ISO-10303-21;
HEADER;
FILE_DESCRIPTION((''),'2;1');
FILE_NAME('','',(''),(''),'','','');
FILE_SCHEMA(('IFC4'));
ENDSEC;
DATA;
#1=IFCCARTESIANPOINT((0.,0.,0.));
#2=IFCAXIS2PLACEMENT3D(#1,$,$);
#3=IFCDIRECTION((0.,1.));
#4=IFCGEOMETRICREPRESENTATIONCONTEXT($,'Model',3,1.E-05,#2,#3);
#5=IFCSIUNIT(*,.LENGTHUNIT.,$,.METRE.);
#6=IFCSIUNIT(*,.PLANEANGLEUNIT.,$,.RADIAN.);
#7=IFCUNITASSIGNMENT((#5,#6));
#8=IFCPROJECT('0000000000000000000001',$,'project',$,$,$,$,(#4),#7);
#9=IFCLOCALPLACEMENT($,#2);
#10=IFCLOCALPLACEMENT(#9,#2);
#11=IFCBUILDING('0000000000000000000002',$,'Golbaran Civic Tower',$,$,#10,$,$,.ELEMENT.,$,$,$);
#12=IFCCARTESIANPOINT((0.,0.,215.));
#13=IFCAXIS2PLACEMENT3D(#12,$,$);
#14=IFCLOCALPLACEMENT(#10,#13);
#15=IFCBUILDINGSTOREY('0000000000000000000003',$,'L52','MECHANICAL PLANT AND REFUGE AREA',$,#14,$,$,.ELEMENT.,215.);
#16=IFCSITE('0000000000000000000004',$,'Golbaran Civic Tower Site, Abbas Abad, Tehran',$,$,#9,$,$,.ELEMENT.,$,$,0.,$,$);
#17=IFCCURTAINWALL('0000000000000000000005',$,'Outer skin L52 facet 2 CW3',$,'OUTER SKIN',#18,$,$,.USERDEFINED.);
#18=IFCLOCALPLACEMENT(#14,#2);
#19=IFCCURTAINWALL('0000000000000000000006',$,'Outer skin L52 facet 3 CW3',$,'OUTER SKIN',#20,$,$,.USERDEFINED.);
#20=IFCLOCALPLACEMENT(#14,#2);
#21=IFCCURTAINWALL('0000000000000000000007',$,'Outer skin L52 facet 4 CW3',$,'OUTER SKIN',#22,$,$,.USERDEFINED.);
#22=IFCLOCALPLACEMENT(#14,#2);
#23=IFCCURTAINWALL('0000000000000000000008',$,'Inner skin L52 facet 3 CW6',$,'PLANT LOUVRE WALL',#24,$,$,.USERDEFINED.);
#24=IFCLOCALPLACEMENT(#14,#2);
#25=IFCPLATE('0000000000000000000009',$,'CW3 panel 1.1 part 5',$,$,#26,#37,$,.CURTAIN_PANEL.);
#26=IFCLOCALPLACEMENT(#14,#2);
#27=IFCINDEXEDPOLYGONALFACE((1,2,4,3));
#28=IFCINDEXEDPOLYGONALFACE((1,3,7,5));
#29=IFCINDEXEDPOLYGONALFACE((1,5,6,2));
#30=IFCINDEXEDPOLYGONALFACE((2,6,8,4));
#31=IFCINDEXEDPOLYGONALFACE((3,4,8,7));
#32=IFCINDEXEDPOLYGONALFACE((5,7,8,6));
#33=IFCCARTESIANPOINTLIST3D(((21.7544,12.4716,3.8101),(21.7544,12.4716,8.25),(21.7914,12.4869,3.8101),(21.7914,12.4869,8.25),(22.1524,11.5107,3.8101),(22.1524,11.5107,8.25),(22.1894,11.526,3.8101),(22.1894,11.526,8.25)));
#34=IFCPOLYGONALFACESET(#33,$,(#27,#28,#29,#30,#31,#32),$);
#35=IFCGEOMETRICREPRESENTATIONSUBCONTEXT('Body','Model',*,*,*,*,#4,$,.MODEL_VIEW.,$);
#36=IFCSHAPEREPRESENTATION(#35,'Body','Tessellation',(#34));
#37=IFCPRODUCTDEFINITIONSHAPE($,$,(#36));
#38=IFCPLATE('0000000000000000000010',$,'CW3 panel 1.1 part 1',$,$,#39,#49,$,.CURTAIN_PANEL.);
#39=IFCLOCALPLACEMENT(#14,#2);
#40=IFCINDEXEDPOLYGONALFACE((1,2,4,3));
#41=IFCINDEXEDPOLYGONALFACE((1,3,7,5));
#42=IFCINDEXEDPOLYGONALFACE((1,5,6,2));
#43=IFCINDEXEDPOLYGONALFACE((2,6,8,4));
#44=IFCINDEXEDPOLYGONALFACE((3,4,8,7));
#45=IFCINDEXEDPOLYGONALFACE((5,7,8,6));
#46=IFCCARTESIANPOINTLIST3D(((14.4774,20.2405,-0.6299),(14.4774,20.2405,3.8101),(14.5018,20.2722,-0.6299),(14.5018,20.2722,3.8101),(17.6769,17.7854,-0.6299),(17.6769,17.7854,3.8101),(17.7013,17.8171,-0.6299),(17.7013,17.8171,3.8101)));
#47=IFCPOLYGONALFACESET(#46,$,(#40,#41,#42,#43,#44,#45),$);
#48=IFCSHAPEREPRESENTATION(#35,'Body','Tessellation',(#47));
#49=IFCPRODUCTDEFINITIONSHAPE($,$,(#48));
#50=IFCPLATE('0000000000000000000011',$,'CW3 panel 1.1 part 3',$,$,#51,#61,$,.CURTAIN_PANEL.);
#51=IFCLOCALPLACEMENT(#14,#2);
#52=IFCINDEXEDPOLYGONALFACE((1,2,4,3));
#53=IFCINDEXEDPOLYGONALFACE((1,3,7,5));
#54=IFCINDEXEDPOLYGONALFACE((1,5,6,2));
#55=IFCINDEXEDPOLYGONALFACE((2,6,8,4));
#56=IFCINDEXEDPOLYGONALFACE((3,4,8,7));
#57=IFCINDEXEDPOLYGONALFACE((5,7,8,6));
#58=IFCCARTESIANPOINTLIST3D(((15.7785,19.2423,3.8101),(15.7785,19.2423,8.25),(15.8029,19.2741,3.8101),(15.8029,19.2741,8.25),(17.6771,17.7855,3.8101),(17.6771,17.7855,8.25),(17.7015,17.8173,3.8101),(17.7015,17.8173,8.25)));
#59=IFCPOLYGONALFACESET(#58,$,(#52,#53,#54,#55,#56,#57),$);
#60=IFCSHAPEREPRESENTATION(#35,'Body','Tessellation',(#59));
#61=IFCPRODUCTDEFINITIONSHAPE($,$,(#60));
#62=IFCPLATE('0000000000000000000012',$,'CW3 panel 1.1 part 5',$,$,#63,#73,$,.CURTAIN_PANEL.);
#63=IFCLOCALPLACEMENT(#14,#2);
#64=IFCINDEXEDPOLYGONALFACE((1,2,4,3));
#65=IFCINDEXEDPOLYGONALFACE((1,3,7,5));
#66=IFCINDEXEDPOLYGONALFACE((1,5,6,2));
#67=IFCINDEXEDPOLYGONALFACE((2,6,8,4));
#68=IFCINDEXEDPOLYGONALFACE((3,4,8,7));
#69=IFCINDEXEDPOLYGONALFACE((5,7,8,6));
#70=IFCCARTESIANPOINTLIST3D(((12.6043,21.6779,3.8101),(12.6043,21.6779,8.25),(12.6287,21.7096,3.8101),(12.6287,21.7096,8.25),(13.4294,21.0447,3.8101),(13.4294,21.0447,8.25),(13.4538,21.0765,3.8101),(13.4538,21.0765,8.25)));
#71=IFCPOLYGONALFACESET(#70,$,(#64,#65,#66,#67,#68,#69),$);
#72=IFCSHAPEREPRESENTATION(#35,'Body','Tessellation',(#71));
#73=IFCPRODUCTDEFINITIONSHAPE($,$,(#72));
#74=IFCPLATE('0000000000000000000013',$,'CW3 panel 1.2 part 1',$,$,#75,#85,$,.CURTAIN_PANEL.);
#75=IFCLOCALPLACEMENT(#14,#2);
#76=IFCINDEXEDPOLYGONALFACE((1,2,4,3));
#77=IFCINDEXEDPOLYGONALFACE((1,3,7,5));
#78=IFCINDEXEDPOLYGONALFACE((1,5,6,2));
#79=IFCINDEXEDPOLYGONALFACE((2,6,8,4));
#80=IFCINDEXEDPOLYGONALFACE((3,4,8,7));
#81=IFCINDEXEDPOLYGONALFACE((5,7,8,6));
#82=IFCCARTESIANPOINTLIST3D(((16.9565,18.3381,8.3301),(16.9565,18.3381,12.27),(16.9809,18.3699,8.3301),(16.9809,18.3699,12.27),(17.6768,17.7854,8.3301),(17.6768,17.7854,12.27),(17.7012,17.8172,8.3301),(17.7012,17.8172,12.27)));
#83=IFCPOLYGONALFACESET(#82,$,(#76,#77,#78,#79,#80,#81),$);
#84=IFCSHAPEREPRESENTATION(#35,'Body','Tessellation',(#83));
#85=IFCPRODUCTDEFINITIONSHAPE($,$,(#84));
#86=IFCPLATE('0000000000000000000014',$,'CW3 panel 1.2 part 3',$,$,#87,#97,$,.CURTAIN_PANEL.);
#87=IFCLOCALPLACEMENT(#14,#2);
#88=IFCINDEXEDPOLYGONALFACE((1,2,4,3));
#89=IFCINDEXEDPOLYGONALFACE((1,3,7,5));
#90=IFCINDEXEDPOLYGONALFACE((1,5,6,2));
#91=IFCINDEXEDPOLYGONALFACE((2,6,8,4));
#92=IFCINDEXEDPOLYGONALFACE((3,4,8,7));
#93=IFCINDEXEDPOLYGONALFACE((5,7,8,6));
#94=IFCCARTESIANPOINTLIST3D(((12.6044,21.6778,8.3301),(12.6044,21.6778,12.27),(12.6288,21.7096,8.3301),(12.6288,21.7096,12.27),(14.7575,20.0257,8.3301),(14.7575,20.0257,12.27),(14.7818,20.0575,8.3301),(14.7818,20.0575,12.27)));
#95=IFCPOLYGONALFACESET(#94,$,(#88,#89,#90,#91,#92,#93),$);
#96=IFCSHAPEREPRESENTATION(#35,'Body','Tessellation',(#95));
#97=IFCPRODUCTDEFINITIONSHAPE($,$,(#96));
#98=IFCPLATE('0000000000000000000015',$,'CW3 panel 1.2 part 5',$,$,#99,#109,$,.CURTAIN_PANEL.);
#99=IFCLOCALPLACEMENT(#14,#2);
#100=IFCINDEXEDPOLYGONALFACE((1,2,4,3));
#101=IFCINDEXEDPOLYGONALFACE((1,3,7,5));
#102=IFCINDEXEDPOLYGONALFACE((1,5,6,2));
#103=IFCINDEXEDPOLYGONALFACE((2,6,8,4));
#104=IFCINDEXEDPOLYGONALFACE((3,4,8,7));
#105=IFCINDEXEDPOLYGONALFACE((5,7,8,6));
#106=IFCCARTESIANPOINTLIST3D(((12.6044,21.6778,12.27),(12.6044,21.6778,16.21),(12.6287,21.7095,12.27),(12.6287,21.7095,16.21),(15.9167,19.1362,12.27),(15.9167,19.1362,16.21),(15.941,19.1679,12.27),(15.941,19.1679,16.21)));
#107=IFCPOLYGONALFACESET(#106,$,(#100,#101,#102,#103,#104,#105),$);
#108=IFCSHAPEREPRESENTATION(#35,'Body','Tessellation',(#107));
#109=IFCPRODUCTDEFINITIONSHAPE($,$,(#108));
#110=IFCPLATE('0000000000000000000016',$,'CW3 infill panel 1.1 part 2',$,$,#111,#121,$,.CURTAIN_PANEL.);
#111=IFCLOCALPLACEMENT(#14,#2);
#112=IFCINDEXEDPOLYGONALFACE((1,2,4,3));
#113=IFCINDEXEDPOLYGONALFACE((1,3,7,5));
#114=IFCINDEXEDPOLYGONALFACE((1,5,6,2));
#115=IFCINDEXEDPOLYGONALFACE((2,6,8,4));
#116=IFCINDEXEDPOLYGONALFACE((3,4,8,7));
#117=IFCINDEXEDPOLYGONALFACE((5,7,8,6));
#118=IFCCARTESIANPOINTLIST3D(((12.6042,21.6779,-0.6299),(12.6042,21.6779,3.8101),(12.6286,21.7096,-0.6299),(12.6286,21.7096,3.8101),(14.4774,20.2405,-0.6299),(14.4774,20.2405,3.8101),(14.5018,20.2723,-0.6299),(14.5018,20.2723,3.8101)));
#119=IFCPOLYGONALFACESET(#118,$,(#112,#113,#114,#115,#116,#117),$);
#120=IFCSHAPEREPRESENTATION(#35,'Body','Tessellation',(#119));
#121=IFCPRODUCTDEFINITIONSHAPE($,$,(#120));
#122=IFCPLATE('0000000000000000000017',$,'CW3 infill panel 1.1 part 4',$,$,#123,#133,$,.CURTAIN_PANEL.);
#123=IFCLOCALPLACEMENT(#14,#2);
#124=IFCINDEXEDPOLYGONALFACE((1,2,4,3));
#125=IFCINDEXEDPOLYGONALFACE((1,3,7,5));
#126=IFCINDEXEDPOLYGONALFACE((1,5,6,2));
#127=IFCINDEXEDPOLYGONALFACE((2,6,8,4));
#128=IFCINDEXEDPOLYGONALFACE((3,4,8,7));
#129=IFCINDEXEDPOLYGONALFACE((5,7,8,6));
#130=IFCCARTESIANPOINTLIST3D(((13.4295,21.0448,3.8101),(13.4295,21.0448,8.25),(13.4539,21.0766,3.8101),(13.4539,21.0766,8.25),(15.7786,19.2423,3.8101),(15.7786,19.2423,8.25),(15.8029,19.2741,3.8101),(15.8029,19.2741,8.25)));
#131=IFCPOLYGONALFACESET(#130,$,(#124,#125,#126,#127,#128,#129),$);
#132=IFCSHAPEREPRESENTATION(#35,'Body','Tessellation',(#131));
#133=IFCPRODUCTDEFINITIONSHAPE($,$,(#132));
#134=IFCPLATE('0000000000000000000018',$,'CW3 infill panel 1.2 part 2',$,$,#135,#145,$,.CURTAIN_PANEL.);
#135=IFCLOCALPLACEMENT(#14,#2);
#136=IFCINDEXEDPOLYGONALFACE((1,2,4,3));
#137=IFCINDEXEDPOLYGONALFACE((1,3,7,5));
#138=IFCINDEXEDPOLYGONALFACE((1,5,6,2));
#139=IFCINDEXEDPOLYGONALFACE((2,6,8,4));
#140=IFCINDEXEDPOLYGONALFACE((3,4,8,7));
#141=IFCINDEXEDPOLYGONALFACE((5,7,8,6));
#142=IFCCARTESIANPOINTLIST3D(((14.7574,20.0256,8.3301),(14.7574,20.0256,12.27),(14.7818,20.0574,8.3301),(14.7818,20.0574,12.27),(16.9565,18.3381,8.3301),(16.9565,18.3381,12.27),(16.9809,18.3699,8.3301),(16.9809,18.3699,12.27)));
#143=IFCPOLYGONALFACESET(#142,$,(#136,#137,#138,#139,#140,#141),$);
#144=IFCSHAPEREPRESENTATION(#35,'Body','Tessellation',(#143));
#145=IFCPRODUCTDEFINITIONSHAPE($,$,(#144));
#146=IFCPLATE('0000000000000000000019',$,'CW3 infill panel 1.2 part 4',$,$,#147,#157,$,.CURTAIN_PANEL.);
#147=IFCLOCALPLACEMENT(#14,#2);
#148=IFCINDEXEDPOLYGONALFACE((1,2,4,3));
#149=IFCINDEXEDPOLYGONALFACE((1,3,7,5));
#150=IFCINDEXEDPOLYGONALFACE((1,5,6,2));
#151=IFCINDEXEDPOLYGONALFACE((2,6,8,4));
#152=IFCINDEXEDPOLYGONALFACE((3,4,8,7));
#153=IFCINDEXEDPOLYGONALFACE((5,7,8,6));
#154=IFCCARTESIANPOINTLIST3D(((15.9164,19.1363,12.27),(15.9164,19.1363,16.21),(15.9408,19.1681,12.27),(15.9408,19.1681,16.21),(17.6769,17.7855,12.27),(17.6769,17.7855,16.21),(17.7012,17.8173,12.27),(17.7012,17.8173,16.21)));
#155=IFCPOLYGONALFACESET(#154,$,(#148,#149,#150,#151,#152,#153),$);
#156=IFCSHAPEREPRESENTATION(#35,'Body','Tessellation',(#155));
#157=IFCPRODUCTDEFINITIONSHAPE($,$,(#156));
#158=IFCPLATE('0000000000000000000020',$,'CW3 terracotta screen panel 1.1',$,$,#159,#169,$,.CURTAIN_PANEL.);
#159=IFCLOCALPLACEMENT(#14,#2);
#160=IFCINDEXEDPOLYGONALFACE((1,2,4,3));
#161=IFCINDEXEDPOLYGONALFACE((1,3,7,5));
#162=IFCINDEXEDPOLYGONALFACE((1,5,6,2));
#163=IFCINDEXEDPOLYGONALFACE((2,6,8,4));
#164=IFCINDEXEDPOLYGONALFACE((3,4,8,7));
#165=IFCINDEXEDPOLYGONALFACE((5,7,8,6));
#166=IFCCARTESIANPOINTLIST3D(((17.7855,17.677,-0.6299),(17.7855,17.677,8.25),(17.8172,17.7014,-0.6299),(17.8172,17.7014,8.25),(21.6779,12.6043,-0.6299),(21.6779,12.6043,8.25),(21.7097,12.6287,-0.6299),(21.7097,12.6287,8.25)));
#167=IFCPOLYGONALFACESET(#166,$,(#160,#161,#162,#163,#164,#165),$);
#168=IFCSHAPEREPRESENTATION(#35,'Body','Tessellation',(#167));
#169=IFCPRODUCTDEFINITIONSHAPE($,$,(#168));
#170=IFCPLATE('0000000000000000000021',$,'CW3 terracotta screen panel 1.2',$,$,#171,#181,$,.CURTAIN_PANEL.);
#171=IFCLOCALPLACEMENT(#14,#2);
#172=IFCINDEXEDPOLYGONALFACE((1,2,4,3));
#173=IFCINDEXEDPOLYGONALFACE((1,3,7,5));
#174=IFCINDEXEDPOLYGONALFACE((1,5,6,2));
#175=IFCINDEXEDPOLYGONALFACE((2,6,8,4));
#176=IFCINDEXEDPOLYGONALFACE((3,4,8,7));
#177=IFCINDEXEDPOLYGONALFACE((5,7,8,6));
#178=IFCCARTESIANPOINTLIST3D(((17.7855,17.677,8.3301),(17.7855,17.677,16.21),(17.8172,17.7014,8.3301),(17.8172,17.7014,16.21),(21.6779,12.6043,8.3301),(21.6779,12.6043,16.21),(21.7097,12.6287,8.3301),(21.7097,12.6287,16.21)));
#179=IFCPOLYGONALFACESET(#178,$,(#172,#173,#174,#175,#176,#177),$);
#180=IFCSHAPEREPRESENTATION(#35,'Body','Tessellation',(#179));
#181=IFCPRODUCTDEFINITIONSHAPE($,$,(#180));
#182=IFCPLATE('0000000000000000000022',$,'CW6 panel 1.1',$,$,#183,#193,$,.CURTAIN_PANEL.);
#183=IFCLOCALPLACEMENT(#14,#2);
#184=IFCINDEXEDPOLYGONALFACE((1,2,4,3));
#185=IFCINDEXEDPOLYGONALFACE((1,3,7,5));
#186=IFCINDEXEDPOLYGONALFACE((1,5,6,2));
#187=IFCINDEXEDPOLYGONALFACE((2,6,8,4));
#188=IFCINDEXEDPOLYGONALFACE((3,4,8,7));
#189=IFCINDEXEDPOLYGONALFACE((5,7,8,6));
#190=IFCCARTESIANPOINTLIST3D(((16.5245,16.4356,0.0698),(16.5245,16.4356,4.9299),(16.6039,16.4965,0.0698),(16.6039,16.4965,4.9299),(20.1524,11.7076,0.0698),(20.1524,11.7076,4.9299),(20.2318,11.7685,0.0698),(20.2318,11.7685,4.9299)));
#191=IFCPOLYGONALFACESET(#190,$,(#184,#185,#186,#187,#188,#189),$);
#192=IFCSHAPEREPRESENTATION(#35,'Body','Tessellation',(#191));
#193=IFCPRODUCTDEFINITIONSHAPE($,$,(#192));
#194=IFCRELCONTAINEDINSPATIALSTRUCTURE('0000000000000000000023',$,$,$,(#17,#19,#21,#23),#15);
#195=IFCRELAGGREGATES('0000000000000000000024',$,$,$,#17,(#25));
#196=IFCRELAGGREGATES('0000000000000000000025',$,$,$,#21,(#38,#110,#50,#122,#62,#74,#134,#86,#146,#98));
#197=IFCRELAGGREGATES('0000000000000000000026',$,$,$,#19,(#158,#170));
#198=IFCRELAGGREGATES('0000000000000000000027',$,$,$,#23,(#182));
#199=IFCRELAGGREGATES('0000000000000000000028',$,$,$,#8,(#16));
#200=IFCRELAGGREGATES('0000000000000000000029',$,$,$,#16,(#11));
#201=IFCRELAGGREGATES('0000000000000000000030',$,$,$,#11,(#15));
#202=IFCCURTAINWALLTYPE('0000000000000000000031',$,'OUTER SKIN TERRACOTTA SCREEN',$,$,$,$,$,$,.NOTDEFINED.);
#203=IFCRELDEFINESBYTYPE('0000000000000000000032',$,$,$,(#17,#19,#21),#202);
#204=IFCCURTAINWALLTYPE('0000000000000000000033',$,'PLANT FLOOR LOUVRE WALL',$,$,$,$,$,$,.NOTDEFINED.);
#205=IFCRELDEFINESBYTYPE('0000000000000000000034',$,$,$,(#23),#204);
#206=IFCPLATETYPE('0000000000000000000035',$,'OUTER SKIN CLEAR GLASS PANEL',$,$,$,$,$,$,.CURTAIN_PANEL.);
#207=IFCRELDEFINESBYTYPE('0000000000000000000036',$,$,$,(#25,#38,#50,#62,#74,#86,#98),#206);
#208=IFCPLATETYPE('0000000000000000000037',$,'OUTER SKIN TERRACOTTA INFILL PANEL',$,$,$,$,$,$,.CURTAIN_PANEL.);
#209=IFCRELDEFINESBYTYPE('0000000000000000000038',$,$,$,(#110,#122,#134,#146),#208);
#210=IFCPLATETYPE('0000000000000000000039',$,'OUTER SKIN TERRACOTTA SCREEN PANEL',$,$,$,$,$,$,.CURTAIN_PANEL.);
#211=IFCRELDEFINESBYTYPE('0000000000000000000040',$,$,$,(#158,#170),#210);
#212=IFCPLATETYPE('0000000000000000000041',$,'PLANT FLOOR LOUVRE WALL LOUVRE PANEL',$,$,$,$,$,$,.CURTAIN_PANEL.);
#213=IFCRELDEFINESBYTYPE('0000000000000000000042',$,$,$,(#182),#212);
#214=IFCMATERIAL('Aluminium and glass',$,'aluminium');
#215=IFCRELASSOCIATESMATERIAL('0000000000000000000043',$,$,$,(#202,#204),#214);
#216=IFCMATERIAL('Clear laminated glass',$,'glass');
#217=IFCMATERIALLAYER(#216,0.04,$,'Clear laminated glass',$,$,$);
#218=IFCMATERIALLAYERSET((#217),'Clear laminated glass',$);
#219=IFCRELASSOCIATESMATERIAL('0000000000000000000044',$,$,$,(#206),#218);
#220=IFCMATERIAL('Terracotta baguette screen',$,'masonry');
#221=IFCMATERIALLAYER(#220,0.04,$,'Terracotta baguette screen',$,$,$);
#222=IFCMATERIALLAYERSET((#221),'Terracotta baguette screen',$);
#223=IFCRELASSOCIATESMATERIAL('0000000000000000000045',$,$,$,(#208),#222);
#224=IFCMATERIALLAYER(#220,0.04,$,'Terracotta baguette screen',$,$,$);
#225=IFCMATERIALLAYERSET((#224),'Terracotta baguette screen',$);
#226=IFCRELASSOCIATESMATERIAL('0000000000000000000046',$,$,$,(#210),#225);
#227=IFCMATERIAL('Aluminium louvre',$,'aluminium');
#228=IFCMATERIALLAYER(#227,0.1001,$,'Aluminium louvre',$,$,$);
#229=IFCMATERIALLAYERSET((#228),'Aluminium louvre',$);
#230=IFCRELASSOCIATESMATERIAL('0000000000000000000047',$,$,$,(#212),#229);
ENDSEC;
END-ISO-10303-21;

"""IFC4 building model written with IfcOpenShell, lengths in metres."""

from ifc_helpers import new_model, si_unit, direction, frame, origin, origin_2d, place, context, subcontext, project, spatial, rectangle, extrude, material, layer, layer_set, type_object, element, aggregate, save


model = new_model("IFC4")

# Units and contexts
model_context = context("Model", 3, precision=1e-05, world=origin(), true_north=direction((0.0, 1.0)))
body_context = subcontext(model_context, "Body", "Model", "MODEL_VIEW")
ifc_project = project(units=[si_unit("LENGTHUNIT", "METRE"), si_unit("PLANEANGLEUNIT", "RADIAN")], contexts=[model_context])

# Site, building, storey
site_placement = place(None, origin())
site = spatial("IfcSite", under=ifc_project, at=site_placement, Name="Golbaran Civic Tower Site, Abbas Abad, Tehran", CompositionType="ELEMENT", RefElevation=0.0)
building_placement = place(site_placement, origin())
building = spatial("IfcBuilding", under=site, at=building_placement, Name="Golbaran Civic Tower", CompositionType="ELEMENT")
storey_placement = place(building_placement, frame((0.0, 0.0, 215.0)))
storey = spatial("IfcBuildingStorey", under=building, at=storey_placement, Name="L52", Description="MECHANICAL PLANT AND REFUGE AREA", CompositionType="ELEMENT", Elevation=215.0)

# Curtain wall
ifc_material_1 = material(Name="Aluminium and glass", Category="aluminium")
curtain_wall_type_1 = type_object("IfcCurtainWallType", Name="OUTER SKIN TERRACOTTA SCREEN", PredefinedType="NOTDEFINED", material=ifc_material_1)
curtain_wall_1_placement = place(storey_placement, origin())
curtain_wall_1 = element("IfcCurtainWall", 1, at=curtain_wall_1_placement, inside=storey, type_object=curtain_wall_type_1, Name="Outer skin L52 facet 2 CW3", ObjectType="OUTER SKIN", PredefinedType="USERDEFINED")

# Curtain wall
curtain_wall_2_placement = place(storey_placement, origin())
curtain_wall_2 = element("IfcCurtainWall", 2, at=curtain_wall_2_placement, inside=storey, type_object=curtain_wall_type_1, Name="Outer skin L52 facet 3 CW3", ObjectType="OUTER SKIN", PredefinedType="USERDEFINED")

# Curtain wall
curtain_wall_3_placement = place(storey_placement, origin())
curtain_wall_3 = element("IfcCurtainWall", 3, at=curtain_wall_3_placement, inside=storey, type_object=curtain_wall_type_1, Name="Outer skin L52 facet 4 CW3", ObjectType="OUTER SKIN", PredefinedType="USERDEFINED")

# Shared definitions
curtain_wall_type_2 = type_object("IfcCurtainWallType", Name="PLANT FLOOR LOUVRE WALL", PredefinedType="NOTDEFINED", material=ifc_material_1)

# Curtain wall
curtain_wall_4_placement = place(storey_placement, origin())
curtain_wall_4 = element("IfcCurtainWall", 4, at=curtain_wall_4_placement, inside=storey, type_object=curtain_wall_type_2, Name="Inner skin L52 facet 3 CW6", ObjectType="PLANT LOUVRE WALL", PredefinedType="USERDEFINED")

# Plates
ifc_material_2 = material(Name="Clear laminated glass", Category="glass")
ifc_layer_1 = layer(ifc_material_2, 0.04, Name="Clear laminated glass")
ifc_layer_set_1 = layer_set([ifc_layer_1], Name="Clear laminated glass")
plate_type_1 = type_object("IfcPlateType", Name="OUTER SKIN CLEAR GLASS PANEL", PredefinedType="CURTAIN_PANEL", material=ifc_layer_set_1)
plate_1_placement = place(storey_placement, frame((21.9719, 11.9988, 3.8101), z_axis=(0.0, 0.0, 1.0), x_axis=(-0.382683, 0.92388, 0.0)))
plate_1 = element("IfcPlate", 5, at=plate_1_placement, type_object=plate_type_1, Name="CW3 panel 1.1 part 5", PredefinedType="CURTAIN_PANEL", context=body_context, shape_type="SweptSolid", body=[
    extrude(rectangle(XDim=1.04, YDim=0.04, at=origin_2d()), origin(), (0.0, 0.0, 1.0), 4.4399),
])
aggregate(curtain_wall_1, [plate_1])
plate_2_placement = place(storey_placement, frame((16.0894, 19.0288, -0.6299), z_axis=(0.0, 0.0, 1.0), x_axis=(-0.793353, 0.608761, 0.0)))
plate_2 = element("IfcPlate", 6, at=plate_2_placement, type_object=plate_type_1, Name="CW3 panel 1.1 part 1", PredefinedType="CURTAIN_PANEL", context=body_context, shape_type="SweptSolid", body=[
    extrude(rectangle(XDim=4.033, YDim=0.04, at=origin_2d()), origin(), (0.0, 0.0, 1.0), 4.4399),
])
plate_3_placement = place(storey_placement, frame((16.74, 18.5298, 3.8101), z_axis=(0.0, 0.0, 1.0), x_axis=(-0.793353, 0.608761, 0.0)))
plate_3 = element("IfcPlate", 7, at=plate_3_placement, type_object=plate_type_1, Name="CW3 panel 1.1 part 3", PredefinedType="CURTAIN_PANEL", context=body_context, shape_type="SweptSolid", body=[
    extrude(rectangle(XDim=2.3931, YDim=0.04, at=origin_2d()), origin(), (0.0, 0.0, 1.0), 4.4399),
])
plate_4_placement = place(storey_placement, frame((13.0291, 21.3772, 3.8101), z_axis=(0.0, 0.0, 1.0), x_axis=(-0.793353, 0.608761, 0.0)))
plate_4 = element("IfcPlate", 8, at=plate_4_placement, type_object=plate_type_1, Name="CW3 panel 1.1 part 5", PredefinedType="CURTAIN_PANEL", context=body_context, shape_type="SweptSolid", body=[
    extrude(rectangle(XDim=1.04, YDim=0.04, at=origin_2d()), origin(), (0.0, 0.0, 1.0), 4.4399),
])
plate_5_placement = place(storey_placement, frame((17.3289, 18.0776, 8.3301), z_axis=(0.0, 0.0, 1.0), x_axis=(-0.793353, 0.608761, 0.0)))
plate_5 = element("IfcPlate", 9, at=plate_5_placement, type_object=plate_type_1, Name="CW3 panel 1.2 part 1", PredefinedType="CURTAIN_PANEL", context=body_context, shape_type="SweptSolid", body=[
    extrude(rectangle(XDim=0.908, YDim=0.04, at=origin_2d()), origin(), (0.0, 0.0, 1.0), 3.9399),
])
plate_6_placement = place(storey_placement, frame((13.6931, 20.8677, 8.3301), z_axis=(0.0, 0.0, 1.0), x_axis=(-0.793353, 0.608761, 0.0)))
plate_6 = element("IfcPlate", 10, at=plate_6_placement, type_object=plate_type_1, Name="CW3 panel 1.2 part 3", PredefinedType="CURTAIN_PANEL", context=body_context, shape_type="SweptSolid", body=[
    extrude(rectangle(XDim=2.7139, YDim=0.04, at=origin_2d()), origin(), (0.0, 0.0, 1.0), 3.9399),
])
plate_7_placement = place(storey_placement, frame((14.2727, 20.4229, 12.27), z_axis=(0.0, 0.0, 1.0), x_axis=(-0.793353, 0.608761, 0.0)))
plate_7 = element("IfcPlate", 11, at=plate_7_placement, type_object=plate_type_1, Name="CW3 panel 1.2 part 5", PredefinedType="CURTAIN_PANEL", context=body_context, shape_type="SweptSolid", body=[
    extrude(rectangle(XDim=4.175, YDim=0.04, at=origin_2d()), origin(), (0.0, 0.0, 1.0), 3.9399),
])
ifc_material_3 = material(Name="Terracotta baguette screen", Category="masonry")
ifc_layer_2 = layer(ifc_material_3, 0.04, Name="Terracotta baguette screen")
ifc_layer_set_2 = layer_set([ifc_layer_2], Name="Terracotta baguette screen")
plate_type_2 = type_object("IfcPlateType", Name="OUTER SKIN TERRACOTTA INFILL PANEL", PredefinedType="CURTAIN_PANEL", material=ifc_layer_set_2)
plate_8_placement = place(storey_placement, frame((13.553, 20.9751, -0.6299), z_axis=(0.0, 0.0, 1.0), x_axis=(-0.793353, 0.608761, 0.0)))
plate_8 = element("IfcPlate", 12, at=plate_8_placement, type_object=plate_type_2, Name="CW3 infill panel 1.1 part 2", PredefinedType="CURTAIN_PANEL", context=body_context, shape_type="SweptSolid", body=[
    extrude(rectangle(XDim=2.3611, YDim=0.04, at=origin_2d()), origin(), (0.0, 0.0, 1.0), 4.4399),
])
plate_9_placement = place(storey_placement, frame((14.6162, 20.1594, 3.8101), z_axis=(0.0, 0.0, 1.0), x_axis=(-0.793353, 0.608761, 0.0)))
plate_9 = element("IfcPlate", 13, at=plate_9_placement, type_object=plate_type_2, Name="CW3 infill panel 1.1 part 4", PredefinedType="CURTAIN_PANEL", context=body_context, shape_type="SweptSolid", body=[
    extrude(rectangle(XDim=2.9609, YDim=0.04, at=origin_2d()), origin(), (0.0, 0.0, 1.0), 4.4399),
])
plate_10_placement = place(storey_placement, frame((15.8691, 19.1978, 8.3301), z_axis=(0.0, 0.0, 1.0), x_axis=(-0.793353, 0.608761, 0.0)))
plate_10 = element("IfcPlate", 14, at=plate_10_placement, type_object=plate_type_2, Name="CW3 infill panel 1.2 part 2", PredefinedType="CURTAIN_PANEL", context=body_context, shape_type="SweptSolid", body=[
    extrude(rectangle(XDim=2.772, YDim=0.04, at=origin_2d()), origin(), (0.0, 0.0, 1.0), 3.9399),
])
plate_11_placement = place(storey_placement, frame((16.8088, 18.4768, 12.27), z_axis=(0.0, 0.0, 1.0), x_axis=(-0.793353, 0.608761, 0.0)))
plate_11 = element("IfcPlate", 15, at=plate_11_placement, type_object=plate_type_2, Name="CW3 infill panel 1.2 part 4", PredefinedType="CURTAIN_PANEL", context=body_context, shape_type="SweptSolid", body=[
    extrude(rectangle(XDim=2.219, YDim=0.04, at=origin_2d()), origin(), (0.0, 0.0, 1.0), 3.9399),
])
aggregate(curtain_wall_3, [plate_2, plate_8, plate_3, plate_9, plate_4, plate_5, plate_10, plate_6, plate_11, plate_7])
ifc_layer_3 = layer(ifc_material_3, 0.04, Name="Terracotta baguette screen")
ifc_layer_set_3 = layer_set([ifc_layer_3], Name="Terracotta baguette screen")
plate_type_3 = type_object("IfcPlateType", Name="OUTER SKIN TERRACOTTA SCREEN PANEL", PredefinedType="CURTAIN_PANEL", material=ifc_layer_set_3)
plate_12_placement = place(storey_placement, frame((19.7476, 15.1528, -0.6299), z_axis=(0.0, 0.0, 1.0), x_axis=(-0.608761, 0.793353, 0.0)))
plate_12 = element("IfcPlate", 16, at=plate_12_placement, type_object=plate_type_3, Name="CW3 terracotta screen panel 1.1", PredefinedType="CURTAIN_PANEL", context=body_context, shape_type="SweptSolid", body=[
    extrude(rectangle(XDim=6.394, YDim=0.04, at=origin_2d()), origin(), (0.0, 0.0, 1.0), 8.8799),
])
plate_13_placement = place(storey_placement, frame((19.7476, 15.1528, 8.3301), z_axis=(0.0, 0.0, 1.0), x_axis=(-0.608761, 0.793353, 0.0)))
plate_13 = element("IfcPlate", 17, at=plate_13_placement, type_object=plate_type_3, Name="CW3 terracotta screen panel 1.2", PredefinedType="CURTAIN_PANEL", context=body_context, shape_type="SweptSolid", body=[
    extrude(rectangle(XDim=6.394, YDim=0.04, at=origin_2d()), origin(), (0.0, 0.0, 1.0), 7.8799),
])
aggregate(curtain_wall_2, [plate_12, plate_13])
ifc_material_4 = material(Name="Aluminium louvre", Category="aluminium")
ifc_layer_4 = layer(ifc_material_4, 0.1001, Name="Aluminium louvre")
ifc_layer_set_4 = layer_set([ifc_layer_4], Name="Aluminium louvre")
plate_type_4 = type_object("IfcPlateType", Name="PLANT FLOOR LOUVRE WALL LOUVRE PANEL", PredefinedType="CURTAIN_PANEL", material=ifc_layer_set_4)
plate_14_placement = place(storey_placement, frame((18.3782, 14.1021, 0.0698), z_axis=(0.0, 0.0, 1.0), x_axis=(-0.608761, 0.793353, 0.0)))
plate_14 = element("IfcPlate", 18, at=plate_14_placement, type_object=plate_type_4, Name="CW6 panel 1.1", PredefinedType="CURTAIN_PANEL", context=body_context, shape_type="SweptSolid", body=[
    extrude(rectangle(XDim=5.9595, YDim=0.1001, at=origin_2d()), origin(), (0.0, 0.0, 1.0), 4.8601),
])
aggregate(curtain_wall_4, [plate_14])

save(model, "model.ifc")
